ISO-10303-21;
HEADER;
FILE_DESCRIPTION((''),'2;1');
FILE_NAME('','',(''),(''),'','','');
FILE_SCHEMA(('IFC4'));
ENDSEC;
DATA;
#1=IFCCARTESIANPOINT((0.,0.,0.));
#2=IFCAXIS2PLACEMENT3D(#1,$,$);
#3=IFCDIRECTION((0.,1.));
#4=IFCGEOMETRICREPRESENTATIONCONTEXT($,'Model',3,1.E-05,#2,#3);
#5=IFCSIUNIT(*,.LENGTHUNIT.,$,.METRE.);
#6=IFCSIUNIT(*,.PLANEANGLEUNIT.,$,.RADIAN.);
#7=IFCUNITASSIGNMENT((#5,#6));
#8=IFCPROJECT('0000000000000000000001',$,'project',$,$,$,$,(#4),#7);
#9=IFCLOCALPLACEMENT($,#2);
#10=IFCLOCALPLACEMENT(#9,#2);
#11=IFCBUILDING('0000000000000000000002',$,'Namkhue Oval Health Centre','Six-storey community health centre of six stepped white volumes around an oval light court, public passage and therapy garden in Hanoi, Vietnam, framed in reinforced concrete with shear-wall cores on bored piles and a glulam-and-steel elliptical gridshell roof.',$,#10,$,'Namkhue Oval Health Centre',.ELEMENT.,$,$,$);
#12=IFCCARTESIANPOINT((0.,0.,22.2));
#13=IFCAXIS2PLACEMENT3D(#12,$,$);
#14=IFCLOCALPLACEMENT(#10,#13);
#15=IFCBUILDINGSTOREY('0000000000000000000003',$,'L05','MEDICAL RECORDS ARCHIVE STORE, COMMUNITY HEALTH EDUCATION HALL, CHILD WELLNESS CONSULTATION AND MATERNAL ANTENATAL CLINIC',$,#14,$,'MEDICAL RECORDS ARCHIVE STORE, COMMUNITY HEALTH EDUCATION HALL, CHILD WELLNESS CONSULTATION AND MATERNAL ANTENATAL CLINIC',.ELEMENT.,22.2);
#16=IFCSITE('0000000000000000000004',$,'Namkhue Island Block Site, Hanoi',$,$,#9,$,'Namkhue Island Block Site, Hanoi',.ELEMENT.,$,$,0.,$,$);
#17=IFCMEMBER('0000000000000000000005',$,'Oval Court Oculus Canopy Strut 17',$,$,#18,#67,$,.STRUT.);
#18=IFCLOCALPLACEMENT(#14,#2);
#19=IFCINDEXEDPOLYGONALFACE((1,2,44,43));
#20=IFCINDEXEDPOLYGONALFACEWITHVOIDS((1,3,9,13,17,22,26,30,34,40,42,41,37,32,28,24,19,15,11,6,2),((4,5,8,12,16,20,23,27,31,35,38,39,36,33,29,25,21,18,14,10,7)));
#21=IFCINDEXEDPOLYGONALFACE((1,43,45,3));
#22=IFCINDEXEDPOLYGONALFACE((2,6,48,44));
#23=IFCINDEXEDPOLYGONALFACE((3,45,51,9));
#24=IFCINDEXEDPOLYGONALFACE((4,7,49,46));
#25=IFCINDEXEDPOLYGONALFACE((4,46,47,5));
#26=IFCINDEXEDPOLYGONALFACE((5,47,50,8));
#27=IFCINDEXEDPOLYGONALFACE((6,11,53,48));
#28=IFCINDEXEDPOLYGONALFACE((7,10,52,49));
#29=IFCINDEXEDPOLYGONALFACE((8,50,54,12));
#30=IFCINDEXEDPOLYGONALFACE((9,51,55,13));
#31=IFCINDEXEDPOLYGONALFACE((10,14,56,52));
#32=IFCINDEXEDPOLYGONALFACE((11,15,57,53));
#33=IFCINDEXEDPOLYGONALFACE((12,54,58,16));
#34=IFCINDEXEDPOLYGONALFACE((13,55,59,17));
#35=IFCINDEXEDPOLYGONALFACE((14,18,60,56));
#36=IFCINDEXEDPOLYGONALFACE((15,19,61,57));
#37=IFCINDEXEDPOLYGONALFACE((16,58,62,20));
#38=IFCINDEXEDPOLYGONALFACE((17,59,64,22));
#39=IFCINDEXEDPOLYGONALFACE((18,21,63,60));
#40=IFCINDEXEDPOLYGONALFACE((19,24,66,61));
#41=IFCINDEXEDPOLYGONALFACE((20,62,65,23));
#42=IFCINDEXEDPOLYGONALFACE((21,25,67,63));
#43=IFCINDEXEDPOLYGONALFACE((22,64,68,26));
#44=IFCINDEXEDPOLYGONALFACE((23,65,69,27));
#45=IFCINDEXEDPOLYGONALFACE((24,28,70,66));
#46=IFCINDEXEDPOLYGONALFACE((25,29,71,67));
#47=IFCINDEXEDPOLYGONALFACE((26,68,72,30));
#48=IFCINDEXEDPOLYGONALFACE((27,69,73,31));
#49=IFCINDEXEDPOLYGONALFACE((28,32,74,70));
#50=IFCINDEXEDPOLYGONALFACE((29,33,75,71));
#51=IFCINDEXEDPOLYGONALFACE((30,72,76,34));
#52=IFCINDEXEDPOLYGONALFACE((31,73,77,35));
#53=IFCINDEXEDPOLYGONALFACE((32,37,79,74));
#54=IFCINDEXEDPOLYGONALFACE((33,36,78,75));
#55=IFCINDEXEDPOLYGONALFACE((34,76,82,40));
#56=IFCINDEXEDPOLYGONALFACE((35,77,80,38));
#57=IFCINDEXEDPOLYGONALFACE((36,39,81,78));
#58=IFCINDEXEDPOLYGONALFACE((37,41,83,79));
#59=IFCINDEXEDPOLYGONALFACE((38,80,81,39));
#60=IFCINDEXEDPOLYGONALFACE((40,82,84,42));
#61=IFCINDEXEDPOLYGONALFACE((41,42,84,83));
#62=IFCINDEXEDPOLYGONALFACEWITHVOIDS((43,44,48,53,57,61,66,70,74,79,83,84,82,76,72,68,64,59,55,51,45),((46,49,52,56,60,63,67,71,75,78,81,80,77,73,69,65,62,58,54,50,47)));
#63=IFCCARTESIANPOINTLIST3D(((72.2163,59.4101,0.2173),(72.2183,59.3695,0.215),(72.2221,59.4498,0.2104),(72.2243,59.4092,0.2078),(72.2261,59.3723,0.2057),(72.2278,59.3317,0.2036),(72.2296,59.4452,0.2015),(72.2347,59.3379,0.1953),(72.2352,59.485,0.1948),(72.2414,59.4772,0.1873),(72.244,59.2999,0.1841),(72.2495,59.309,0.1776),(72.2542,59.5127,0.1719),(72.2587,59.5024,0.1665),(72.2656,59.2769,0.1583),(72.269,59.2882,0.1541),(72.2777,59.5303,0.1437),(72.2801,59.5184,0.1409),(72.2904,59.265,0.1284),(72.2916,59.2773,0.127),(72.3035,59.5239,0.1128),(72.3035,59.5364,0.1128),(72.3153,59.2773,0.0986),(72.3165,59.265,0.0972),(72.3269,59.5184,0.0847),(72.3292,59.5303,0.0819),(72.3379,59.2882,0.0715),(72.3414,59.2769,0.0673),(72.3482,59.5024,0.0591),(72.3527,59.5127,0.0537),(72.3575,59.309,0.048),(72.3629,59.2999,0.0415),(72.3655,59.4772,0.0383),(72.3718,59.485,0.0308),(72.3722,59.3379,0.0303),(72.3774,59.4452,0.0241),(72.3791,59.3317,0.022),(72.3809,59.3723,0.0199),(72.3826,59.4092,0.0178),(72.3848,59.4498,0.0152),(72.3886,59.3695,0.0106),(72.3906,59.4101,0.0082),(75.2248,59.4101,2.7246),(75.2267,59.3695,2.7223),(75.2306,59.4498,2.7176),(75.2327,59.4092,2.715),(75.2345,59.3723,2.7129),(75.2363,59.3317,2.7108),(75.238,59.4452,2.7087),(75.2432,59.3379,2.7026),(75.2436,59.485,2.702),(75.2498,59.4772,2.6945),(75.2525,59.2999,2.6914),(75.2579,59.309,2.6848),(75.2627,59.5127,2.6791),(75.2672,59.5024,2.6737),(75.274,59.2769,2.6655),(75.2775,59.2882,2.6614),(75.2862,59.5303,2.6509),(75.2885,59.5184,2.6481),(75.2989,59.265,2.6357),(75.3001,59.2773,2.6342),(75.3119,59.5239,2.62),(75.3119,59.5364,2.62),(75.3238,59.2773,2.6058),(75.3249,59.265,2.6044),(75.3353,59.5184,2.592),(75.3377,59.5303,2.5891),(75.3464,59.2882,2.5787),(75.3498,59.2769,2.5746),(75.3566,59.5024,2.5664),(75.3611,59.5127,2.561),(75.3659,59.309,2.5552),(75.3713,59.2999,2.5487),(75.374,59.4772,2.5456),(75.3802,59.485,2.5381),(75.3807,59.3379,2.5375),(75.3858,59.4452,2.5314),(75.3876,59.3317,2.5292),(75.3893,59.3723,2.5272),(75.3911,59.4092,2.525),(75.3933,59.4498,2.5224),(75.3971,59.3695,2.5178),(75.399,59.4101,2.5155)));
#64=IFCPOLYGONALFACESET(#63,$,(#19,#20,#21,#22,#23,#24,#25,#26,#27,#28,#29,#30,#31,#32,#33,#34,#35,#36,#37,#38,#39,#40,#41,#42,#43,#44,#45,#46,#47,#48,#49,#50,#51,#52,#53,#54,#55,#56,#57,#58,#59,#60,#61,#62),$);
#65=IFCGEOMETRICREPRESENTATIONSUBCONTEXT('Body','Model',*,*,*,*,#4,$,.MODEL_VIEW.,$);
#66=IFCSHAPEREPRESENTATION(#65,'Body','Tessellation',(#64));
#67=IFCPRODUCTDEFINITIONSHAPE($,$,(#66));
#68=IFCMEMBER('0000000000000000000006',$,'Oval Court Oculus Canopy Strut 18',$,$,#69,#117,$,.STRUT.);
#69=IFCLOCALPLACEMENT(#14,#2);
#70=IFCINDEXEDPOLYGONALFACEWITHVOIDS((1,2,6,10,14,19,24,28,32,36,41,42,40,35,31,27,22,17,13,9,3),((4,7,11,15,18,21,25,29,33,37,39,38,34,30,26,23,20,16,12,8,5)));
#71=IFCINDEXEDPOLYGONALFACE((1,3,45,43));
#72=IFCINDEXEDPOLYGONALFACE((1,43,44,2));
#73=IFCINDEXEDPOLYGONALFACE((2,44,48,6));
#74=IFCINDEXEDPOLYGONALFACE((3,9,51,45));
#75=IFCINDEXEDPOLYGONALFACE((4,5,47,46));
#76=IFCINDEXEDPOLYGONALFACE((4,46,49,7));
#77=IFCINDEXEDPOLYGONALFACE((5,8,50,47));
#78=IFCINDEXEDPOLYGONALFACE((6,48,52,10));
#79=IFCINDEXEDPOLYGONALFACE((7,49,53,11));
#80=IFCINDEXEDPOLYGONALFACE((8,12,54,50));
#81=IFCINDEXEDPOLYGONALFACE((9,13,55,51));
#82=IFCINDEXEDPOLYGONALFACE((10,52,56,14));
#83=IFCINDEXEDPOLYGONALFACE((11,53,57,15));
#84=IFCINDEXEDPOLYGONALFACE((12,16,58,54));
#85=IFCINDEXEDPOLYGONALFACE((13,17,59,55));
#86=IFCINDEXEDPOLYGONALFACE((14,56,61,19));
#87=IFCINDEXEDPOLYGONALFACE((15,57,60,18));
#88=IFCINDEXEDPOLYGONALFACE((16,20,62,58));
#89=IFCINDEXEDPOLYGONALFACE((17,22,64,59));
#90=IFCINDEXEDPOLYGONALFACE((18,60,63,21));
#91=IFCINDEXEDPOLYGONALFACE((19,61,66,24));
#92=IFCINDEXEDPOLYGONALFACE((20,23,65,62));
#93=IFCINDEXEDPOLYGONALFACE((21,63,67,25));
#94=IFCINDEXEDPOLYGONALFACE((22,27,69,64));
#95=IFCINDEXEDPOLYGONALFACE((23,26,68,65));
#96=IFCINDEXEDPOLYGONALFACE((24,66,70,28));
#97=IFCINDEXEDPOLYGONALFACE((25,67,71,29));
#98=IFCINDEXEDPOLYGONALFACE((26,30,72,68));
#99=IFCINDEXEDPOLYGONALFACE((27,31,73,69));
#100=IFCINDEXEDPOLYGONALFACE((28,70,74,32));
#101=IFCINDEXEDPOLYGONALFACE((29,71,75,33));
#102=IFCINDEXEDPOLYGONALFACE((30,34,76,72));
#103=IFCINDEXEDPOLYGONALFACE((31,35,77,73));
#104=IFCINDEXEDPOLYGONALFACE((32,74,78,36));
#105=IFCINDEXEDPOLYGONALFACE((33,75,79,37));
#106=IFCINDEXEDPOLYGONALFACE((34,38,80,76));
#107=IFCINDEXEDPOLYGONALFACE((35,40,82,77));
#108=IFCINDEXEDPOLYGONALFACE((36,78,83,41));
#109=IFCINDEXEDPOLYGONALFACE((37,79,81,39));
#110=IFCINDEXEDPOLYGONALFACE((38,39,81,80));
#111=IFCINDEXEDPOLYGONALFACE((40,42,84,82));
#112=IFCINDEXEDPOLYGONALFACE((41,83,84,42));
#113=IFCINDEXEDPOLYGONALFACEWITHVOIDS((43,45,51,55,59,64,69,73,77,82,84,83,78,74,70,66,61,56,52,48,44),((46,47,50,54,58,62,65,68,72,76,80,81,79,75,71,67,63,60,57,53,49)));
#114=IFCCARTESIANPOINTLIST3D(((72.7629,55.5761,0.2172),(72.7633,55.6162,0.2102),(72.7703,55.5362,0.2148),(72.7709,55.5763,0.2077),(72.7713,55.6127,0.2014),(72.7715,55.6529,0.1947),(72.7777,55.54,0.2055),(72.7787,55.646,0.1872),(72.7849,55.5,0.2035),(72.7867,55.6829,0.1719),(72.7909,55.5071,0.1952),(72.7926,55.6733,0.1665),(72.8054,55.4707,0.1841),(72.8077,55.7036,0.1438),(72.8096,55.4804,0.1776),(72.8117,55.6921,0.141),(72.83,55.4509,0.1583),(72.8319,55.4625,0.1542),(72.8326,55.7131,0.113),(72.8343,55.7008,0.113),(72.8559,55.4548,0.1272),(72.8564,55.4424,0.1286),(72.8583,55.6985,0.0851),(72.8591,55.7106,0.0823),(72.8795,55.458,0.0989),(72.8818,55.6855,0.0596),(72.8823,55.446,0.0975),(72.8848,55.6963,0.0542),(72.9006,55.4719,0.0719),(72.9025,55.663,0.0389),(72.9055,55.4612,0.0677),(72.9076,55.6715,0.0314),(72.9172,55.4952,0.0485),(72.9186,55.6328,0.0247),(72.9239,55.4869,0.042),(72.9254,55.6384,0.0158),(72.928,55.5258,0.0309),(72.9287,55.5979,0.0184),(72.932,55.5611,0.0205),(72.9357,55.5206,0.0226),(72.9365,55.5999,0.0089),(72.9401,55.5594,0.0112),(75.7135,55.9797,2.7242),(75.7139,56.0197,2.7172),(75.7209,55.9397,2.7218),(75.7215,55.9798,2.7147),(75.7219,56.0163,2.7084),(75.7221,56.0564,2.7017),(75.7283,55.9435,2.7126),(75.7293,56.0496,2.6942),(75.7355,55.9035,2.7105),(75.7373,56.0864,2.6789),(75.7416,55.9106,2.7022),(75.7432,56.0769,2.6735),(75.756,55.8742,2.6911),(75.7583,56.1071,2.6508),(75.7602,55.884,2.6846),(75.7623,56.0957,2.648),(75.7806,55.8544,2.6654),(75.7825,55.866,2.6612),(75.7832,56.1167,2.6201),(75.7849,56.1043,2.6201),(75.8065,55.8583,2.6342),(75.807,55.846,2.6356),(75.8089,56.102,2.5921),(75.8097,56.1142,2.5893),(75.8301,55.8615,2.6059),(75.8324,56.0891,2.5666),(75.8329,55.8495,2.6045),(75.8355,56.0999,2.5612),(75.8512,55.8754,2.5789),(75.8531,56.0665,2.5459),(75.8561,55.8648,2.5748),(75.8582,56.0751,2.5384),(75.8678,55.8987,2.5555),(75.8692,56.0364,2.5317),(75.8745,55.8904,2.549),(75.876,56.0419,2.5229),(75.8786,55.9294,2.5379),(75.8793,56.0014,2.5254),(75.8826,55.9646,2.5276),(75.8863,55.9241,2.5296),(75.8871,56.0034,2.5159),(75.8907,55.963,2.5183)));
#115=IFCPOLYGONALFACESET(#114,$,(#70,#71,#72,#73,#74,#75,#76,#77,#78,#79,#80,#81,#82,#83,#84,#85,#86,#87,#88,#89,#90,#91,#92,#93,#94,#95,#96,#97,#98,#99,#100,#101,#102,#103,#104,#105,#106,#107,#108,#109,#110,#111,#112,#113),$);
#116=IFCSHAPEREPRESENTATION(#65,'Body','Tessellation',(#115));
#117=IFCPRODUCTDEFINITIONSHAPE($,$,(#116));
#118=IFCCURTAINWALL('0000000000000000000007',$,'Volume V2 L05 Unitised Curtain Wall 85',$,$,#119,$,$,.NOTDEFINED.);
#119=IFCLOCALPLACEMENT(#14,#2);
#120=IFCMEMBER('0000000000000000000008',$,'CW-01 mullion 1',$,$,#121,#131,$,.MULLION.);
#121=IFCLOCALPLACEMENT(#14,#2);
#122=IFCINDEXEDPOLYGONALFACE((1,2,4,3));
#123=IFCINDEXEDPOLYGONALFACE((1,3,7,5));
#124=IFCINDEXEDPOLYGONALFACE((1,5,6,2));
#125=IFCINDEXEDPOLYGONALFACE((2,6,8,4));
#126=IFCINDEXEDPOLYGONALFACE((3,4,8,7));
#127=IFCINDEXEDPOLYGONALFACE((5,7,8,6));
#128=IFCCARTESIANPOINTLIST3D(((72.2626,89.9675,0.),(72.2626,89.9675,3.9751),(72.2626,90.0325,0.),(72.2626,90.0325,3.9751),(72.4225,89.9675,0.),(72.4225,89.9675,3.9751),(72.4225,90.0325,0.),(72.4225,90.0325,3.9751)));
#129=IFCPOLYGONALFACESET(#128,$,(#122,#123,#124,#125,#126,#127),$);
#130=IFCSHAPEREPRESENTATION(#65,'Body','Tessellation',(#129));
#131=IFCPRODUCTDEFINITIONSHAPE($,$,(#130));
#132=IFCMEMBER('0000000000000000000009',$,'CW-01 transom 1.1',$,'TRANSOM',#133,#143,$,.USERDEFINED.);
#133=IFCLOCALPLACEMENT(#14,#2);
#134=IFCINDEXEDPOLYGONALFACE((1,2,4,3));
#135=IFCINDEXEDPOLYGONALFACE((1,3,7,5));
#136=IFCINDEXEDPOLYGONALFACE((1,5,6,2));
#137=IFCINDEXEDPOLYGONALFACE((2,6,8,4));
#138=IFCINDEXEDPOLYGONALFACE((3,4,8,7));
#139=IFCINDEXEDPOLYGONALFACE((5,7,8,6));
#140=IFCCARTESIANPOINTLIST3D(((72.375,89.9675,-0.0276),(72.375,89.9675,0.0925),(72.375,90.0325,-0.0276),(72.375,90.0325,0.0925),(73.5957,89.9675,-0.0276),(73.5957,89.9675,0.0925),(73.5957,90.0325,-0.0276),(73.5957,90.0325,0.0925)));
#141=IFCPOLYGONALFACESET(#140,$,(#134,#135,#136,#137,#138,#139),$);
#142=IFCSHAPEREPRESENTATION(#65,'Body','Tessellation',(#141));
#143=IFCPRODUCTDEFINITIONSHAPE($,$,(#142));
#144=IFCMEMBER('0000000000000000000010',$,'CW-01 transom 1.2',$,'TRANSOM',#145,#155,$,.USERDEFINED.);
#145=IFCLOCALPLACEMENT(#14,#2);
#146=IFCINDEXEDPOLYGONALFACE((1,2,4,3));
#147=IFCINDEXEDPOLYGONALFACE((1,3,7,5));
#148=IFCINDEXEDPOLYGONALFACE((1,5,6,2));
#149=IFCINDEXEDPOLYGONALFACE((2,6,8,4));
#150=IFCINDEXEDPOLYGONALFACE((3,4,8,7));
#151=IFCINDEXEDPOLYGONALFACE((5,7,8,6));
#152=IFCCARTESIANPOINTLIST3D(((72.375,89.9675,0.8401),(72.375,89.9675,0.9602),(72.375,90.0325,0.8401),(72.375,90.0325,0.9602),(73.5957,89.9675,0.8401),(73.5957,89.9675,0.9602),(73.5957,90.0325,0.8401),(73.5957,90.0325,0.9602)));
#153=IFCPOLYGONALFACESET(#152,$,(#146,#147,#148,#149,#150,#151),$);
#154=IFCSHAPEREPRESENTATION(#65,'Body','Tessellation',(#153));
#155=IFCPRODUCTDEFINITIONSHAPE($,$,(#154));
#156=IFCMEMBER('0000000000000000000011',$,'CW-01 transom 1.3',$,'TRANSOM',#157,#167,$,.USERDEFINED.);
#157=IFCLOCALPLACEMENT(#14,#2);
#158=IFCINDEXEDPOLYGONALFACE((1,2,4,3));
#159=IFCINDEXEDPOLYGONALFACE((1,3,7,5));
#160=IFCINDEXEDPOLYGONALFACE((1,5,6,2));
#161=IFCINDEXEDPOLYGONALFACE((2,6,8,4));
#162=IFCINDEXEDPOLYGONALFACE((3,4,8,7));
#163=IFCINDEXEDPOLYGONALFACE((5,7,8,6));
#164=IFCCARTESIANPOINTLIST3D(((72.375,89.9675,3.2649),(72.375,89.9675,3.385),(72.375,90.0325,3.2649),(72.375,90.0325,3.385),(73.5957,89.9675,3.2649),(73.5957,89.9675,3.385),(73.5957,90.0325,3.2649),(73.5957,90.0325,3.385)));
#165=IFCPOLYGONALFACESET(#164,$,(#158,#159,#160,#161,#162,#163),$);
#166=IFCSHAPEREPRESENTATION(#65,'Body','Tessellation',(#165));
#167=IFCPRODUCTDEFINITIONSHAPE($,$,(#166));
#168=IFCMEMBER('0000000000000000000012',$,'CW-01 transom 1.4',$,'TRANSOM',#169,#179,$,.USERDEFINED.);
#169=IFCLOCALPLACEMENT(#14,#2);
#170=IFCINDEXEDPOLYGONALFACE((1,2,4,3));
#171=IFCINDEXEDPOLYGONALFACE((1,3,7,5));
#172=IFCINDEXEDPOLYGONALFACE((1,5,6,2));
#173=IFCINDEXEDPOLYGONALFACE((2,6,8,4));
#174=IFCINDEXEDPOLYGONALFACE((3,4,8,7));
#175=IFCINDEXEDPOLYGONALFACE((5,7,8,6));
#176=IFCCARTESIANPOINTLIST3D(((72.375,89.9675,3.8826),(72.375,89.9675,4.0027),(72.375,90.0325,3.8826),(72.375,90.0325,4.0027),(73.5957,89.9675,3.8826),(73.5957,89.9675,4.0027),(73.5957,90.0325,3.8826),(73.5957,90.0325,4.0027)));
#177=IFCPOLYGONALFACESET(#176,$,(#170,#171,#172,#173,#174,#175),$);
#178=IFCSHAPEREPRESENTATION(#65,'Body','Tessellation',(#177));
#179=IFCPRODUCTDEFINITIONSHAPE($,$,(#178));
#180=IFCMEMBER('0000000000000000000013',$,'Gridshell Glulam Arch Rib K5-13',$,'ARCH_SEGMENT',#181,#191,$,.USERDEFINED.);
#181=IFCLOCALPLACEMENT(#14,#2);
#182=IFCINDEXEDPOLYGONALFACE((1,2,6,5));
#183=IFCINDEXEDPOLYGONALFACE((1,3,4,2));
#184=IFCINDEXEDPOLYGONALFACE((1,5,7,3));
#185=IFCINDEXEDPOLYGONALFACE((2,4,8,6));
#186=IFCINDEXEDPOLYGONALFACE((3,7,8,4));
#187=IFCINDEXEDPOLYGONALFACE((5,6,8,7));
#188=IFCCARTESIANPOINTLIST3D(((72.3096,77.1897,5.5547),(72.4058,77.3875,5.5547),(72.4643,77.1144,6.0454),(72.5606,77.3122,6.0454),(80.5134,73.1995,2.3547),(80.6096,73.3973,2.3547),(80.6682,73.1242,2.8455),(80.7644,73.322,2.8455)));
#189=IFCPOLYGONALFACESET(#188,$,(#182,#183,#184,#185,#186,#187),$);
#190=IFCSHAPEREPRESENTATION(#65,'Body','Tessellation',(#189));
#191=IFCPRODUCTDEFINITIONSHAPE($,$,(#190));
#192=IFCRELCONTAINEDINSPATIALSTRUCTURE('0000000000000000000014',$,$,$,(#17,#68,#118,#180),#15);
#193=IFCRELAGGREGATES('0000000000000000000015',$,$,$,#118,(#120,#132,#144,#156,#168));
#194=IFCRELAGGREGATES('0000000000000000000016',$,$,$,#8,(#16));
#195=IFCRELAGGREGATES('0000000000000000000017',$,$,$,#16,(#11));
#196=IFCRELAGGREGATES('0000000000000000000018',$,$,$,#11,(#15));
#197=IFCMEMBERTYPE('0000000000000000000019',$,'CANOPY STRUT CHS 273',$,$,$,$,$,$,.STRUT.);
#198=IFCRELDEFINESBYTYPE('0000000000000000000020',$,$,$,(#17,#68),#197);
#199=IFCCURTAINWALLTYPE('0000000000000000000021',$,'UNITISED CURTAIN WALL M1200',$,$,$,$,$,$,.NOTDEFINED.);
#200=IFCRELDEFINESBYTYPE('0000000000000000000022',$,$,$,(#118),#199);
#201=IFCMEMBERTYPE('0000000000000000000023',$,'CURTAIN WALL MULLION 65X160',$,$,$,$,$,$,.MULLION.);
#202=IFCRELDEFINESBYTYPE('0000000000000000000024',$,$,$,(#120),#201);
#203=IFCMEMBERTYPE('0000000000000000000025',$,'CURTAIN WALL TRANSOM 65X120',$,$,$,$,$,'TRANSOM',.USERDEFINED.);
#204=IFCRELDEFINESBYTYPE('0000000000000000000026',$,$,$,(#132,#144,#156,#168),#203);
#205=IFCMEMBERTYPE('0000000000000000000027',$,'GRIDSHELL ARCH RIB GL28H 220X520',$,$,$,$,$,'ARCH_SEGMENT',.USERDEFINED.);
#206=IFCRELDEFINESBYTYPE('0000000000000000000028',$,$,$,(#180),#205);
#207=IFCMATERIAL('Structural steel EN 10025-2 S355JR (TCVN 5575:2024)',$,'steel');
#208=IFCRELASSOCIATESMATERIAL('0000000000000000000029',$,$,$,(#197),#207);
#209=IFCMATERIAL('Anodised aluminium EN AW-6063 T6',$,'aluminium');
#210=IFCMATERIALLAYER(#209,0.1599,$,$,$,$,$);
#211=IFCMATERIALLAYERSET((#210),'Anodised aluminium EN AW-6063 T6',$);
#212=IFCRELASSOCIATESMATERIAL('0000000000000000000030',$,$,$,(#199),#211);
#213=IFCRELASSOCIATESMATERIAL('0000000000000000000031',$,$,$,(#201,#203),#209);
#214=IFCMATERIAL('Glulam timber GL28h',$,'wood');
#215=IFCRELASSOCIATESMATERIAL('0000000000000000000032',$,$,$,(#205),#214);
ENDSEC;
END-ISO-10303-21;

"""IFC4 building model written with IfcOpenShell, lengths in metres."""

from ifc_helpers import new_model, si_unit, direction, frame, origin, origin_2d, place, context, subcontext, project, spatial, rectangle, hollow_circle, extrude, material, layer, layer_set, material_profile, profile_set, type_object, element, aggregate, save


model = new_model("IFC4")

# Units and contexts
model_context = context("Model", 3, precision=1e-05, world=origin(), true_north=direction((0.0, 1.0)))
body_context = subcontext(model_context, "Body", "Model", "MODEL_VIEW")
ifc_project = project(units=[si_unit("LENGTHUNIT", "METRE"), si_unit("PLANEANGLEUNIT", "RADIAN")], contexts=[model_context])

# Site, building, storey
site_placement = place(None, origin())
site = spatial("IfcSite", under=ifc_project, at=site_placement, Name="Namkhue Island Block Site, Hanoi", LongName="Namkhue Island Block Site, Hanoi", CompositionType="ELEMENT", RefElevation=0.0)
building_placement = place(site_placement, origin())
building = spatial("IfcBuilding", under=site, at=building_placement, Name="Namkhue Oval Health Centre", Description="Six-storey community health centre of six stepped white volumes around an oval light court, public passage and therapy garden in Hanoi, Vietnam, framed in reinforced concrete with shear-wall cores on bored piles and a glulam-and-steel elliptical gridshell roof.", LongName="Namkhue Oval Health Centre", CompositionType="ELEMENT")
storey_placement = place(building_placement, frame((0.0, 0.0, 22.2)))
storey = spatial("IfcBuildingStorey", under=building, at=storey_placement, Name="L05", Description="MEDICAL RECORDS ARCHIVE STORE, COMMUNITY HEALTH EDUCATION HALL, CHILD WELLNESS CONSULTATION AND MATERNAL ANTENATAL CLINIC", LongName="MEDICAL RECORDS ARCHIVE STORE, COMMUNITY HEALTH EDUCATION HALL, CHILD WELLNESS CONSULTATION AND MATERNAL ANTENATAL CLINIC", CompositionType="ELEMENT", Elevation=22.2)

# Members
ifc_material_1 = material(Name="Structural steel EN 10025-2 S355JR (TCVN 5575:2024)", Category="steel")
ifc_material_profile_1 = material_profile(ifc_material_1, hollow_circle(Radius=0.1365, WallThickness=0.0125, at=origin_2d()), Name="CHS 273x12.5")
ifc_profile_set_1 = profile_set([ifc_material_profile_1], Name="Structural steel EN 10025-2 S355JR (TCVN 5575:2024)")
member_type_1 = type_object("IfcMemberType", Name="CANOPY STRUT CHS 273", PredefinedType="STRUT", material=ifc_profile_set_1)
member_1_placement = place(storey_placement, frame((72.3035, 59.3999, 0.1128), z_axis=(0.768196, 0.0, 0.640215), x_axis=(0.0, 1.0, 0.0)))
element("IfcMember", 1, at=member_1_placement, inside=storey, type_object=member_type_1, Name="Oval Court Oculus Canopy Strut 17", PredefinedType="STRUT", context=body_context, shape_type="SweptSolid", body=[
    extrude(hollow_circle(Radius=0.1365, WallThickness=0.0125, at=origin_2d()), origin(), (0.0, 0.0, 1.0), 3.9163),
])
member_2_placement = place(storey_placement, frame((72.8511, 55.5779, 0.113), z_axis=(0.757961, 0.103666, 0.64401), x_axis=(-0.135508, 0.990776, 0.0)))
element("IfcMember", 2, at=member_2_placement, inside=storey, type_object=member_type_1, Name="Oval Court Oculus Canopy Strut 18", PredefinedType="STRUT", context=body_context, shape_type="SweptSolid", body=[
    extrude(hollow_circle(Radius=0.1365, WallThickness=0.0125, at=origin_2d()), origin(), (0.0, 0.0, 1.0), 3.8928),
])

# Curtain wall, members
ifc_material_2 = material(Name="Anodised aluminium EN AW-6063 T6", Category="aluminium")
ifc_layer_1 = layer(ifc_material_2, 0.1599)
ifc_layer_set_1 = layer_set([ifc_layer_1], Name="Anodised aluminium EN AW-6063 T6")
curtain_wall_type = type_object("IfcCurtainWallType", Name="UNITISED CURTAIN WALL M1200", PredefinedType="NOTDEFINED", material=ifc_layer_set_1)
curtain_wall_placement = place(storey_placement, origin())
curtain_wall = element("IfcCurtainWall", 3, at=curtain_wall_placement, inside=storey, type_object=curtain_wall_type, Name="Volume V2 L05 Unitised Curtain Wall 85", PredefinedType="NOTDEFINED")
ifc_material_profile_2 = material_profile(ifc_material_2, rectangle(XDim=0.0649, YDim=0.1599, at=origin_2d()), Name="ALU 65x160")
ifc_profile_set_2 = profile_set([ifc_material_profile_2], Name="Anodised aluminium EN AW-6063 T6")
member_type_2 = type_object("IfcMemberType", Name="CURTAIN WALL MULLION 65X160", PredefinedType="MULLION", material=ifc_profile_set_2)
member_3_placement = place(storey_placement, frame((72.3425, 90.0, 0.0), z_axis=(0.0, 0.0, 1.0), x_axis=(0.0, 1.0, 0.0)))
member_3 = element("IfcMember", 4, at=member_3_placement, type_object=member_type_2, Name="CW-01 mullion 1", PredefinedType="MULLION", context=body_context, shape_type="SweptSolid", body=[
    extrude(rectangle(XDim=0.0649, YDim=0.1599, at=origin_2d()), origin(), (0.0, 0.0, 1.0), 3.9751),
])
ifc_material_profile_3 = material_profile(ifc_material_2, rectangle(XDim=0.0649, YDim=0.1201, at=origin_2d()), Name="ALU 65x120")
ifc_profile_set_3 = profile_set([ifc_material_profile_3], Name="Anodised aluminium EN AW-6063 T6")
member_type_3 = type_object("IfcMemberType", Name="CURTAIN WALL TRANSOM 65X120", ElementType="TRANSOM", PredefinedType="USERDEFINED", material=ifc_profile_set_3)
member_4_placement = place(storey_placement, frame((72.375, 90.0, 0.0325), z_axis=(1.0, 0.0, 0.0), x_axis=(0.0, 1.0, 0.0)))
member_4 = element("IfcMember", 5, at=member_4_placement, type_object=member_type_3, Name="CW-01 transom 1.1", ObjectType="TRANSOM", PredefinedType="USERDEFINED", context=body_context, shape_type="SweptSolid", body=[
    extrude(rectangle(XDim=0.0649, YDim=0.1201, at=origin_2d()), origin(), (0.0, 0.0, 1.0), 1.2207),
])
member_5_placement = place(storey_placement, frame((72.375, 90.0, 0.9001), z_axis=(1.0, 0.0, 0.0), x_axis=(0.0, 1.0, 0.0)))
member_5 = element("IfcMember", 6, at=member_5_placement, type_object=member_type_3, Name="CW-01 transom 1.2", ObjectType="TRANSOM", PredefinedType="USERDEFINED", context=body_context, shape_type="SweptSolid", body=[
    extrude(rectangle(XDim=0.0649, YDim=0.1201, at=origin_2d()), origin(), (0.0, 0.0, 1.0), 1.2207),
])
member_6_placement = place(storey_placement, frame((72.375, 90.0, 3.325), z_axis=(1.0, 0.0, 0.0), x_axis=(0.0, 1.0, 0.0)))
member_6 = element("IfcMember", 7, at=member_6_placement, type_object=member_type_3, Name="CW-01 transom 1.3", ObjectType="TRANSOM", PredefinedType="USERDEFINED", context=body_context, shape_type="SweptSolid", body=[
    extrude(rectangle(XDim=0.0649, YDim=0.1201, at=origin_2d()), origin(), (0.0, 0.0, 1.0), 1.2207),
])
member_7_placement = place(storey_placement, frame((72.375, 90.0, 3.9426), z_axis=(1.0, 0.0, 0.0), x_axis=(0.0, 1.0, 0.0)))
member_7 = element("IfcMember", 8, at=member_7_placement, type_object=member_type_3, Name="CW-01 transom 1.4", ObjectType="TRANSOM", PredefinedType="USERDEFINED", context=body_context, shape_type="SweptSolid", body=[
    extrude(rectangle(XDim=0.0649, YDim=0.1201, at=origin_2d()), origin(), (0.0, 0.0, 1.0), 1.2207),
])

# Member
ifc_material_3 = material(Name="Glulam timber GL28h", Category="wood")
ifc_material_profile_4 = material_profile(ifc_material_3, rectangle(XDim=0.22, YDim=0.52, at=origin_2d()), Name="GL28h 220x520")
ifc_profile_set_4 = profile_set([ifc_material_profile_4], Name="Glulam timber GL28h")
member_type_4 = type_object("IfcMemberType", Name="GRIDSHELL ARCH RIB GL28H 220X520", ElementType="ARCH_SEGMENT", PredefinedType="USERDEFINED", material=ifc_profile_set_4)
member_8_placement = place(storey_placement, frame((72.4351, 77.251, 5.8), z_axis=(0.848582, -0.412738, -0.330993), x_axis=(0.437392, 0.899271, 0.0)))
element("IfcMember", 9, at=member_8_placement, inside=storey, type_object=member_type_4, Name="Gridshell Glulam Arch Rib K5-13", ObjectType="ARCH_SEGMENT", PredefinedType="USERDEFINED", context=body_context, shape_type="SweptSolid", body=[
    extrude(rectangle(XDim=0.22, YDim=0.52, at=origin_2d()), origin(), (0.0, 0.0, 1.0), 9.6677),
])

aggregate(curtain_wall, [member_3, member_4, member_5, member_6, member_7])

save(model, "model.ifc")
